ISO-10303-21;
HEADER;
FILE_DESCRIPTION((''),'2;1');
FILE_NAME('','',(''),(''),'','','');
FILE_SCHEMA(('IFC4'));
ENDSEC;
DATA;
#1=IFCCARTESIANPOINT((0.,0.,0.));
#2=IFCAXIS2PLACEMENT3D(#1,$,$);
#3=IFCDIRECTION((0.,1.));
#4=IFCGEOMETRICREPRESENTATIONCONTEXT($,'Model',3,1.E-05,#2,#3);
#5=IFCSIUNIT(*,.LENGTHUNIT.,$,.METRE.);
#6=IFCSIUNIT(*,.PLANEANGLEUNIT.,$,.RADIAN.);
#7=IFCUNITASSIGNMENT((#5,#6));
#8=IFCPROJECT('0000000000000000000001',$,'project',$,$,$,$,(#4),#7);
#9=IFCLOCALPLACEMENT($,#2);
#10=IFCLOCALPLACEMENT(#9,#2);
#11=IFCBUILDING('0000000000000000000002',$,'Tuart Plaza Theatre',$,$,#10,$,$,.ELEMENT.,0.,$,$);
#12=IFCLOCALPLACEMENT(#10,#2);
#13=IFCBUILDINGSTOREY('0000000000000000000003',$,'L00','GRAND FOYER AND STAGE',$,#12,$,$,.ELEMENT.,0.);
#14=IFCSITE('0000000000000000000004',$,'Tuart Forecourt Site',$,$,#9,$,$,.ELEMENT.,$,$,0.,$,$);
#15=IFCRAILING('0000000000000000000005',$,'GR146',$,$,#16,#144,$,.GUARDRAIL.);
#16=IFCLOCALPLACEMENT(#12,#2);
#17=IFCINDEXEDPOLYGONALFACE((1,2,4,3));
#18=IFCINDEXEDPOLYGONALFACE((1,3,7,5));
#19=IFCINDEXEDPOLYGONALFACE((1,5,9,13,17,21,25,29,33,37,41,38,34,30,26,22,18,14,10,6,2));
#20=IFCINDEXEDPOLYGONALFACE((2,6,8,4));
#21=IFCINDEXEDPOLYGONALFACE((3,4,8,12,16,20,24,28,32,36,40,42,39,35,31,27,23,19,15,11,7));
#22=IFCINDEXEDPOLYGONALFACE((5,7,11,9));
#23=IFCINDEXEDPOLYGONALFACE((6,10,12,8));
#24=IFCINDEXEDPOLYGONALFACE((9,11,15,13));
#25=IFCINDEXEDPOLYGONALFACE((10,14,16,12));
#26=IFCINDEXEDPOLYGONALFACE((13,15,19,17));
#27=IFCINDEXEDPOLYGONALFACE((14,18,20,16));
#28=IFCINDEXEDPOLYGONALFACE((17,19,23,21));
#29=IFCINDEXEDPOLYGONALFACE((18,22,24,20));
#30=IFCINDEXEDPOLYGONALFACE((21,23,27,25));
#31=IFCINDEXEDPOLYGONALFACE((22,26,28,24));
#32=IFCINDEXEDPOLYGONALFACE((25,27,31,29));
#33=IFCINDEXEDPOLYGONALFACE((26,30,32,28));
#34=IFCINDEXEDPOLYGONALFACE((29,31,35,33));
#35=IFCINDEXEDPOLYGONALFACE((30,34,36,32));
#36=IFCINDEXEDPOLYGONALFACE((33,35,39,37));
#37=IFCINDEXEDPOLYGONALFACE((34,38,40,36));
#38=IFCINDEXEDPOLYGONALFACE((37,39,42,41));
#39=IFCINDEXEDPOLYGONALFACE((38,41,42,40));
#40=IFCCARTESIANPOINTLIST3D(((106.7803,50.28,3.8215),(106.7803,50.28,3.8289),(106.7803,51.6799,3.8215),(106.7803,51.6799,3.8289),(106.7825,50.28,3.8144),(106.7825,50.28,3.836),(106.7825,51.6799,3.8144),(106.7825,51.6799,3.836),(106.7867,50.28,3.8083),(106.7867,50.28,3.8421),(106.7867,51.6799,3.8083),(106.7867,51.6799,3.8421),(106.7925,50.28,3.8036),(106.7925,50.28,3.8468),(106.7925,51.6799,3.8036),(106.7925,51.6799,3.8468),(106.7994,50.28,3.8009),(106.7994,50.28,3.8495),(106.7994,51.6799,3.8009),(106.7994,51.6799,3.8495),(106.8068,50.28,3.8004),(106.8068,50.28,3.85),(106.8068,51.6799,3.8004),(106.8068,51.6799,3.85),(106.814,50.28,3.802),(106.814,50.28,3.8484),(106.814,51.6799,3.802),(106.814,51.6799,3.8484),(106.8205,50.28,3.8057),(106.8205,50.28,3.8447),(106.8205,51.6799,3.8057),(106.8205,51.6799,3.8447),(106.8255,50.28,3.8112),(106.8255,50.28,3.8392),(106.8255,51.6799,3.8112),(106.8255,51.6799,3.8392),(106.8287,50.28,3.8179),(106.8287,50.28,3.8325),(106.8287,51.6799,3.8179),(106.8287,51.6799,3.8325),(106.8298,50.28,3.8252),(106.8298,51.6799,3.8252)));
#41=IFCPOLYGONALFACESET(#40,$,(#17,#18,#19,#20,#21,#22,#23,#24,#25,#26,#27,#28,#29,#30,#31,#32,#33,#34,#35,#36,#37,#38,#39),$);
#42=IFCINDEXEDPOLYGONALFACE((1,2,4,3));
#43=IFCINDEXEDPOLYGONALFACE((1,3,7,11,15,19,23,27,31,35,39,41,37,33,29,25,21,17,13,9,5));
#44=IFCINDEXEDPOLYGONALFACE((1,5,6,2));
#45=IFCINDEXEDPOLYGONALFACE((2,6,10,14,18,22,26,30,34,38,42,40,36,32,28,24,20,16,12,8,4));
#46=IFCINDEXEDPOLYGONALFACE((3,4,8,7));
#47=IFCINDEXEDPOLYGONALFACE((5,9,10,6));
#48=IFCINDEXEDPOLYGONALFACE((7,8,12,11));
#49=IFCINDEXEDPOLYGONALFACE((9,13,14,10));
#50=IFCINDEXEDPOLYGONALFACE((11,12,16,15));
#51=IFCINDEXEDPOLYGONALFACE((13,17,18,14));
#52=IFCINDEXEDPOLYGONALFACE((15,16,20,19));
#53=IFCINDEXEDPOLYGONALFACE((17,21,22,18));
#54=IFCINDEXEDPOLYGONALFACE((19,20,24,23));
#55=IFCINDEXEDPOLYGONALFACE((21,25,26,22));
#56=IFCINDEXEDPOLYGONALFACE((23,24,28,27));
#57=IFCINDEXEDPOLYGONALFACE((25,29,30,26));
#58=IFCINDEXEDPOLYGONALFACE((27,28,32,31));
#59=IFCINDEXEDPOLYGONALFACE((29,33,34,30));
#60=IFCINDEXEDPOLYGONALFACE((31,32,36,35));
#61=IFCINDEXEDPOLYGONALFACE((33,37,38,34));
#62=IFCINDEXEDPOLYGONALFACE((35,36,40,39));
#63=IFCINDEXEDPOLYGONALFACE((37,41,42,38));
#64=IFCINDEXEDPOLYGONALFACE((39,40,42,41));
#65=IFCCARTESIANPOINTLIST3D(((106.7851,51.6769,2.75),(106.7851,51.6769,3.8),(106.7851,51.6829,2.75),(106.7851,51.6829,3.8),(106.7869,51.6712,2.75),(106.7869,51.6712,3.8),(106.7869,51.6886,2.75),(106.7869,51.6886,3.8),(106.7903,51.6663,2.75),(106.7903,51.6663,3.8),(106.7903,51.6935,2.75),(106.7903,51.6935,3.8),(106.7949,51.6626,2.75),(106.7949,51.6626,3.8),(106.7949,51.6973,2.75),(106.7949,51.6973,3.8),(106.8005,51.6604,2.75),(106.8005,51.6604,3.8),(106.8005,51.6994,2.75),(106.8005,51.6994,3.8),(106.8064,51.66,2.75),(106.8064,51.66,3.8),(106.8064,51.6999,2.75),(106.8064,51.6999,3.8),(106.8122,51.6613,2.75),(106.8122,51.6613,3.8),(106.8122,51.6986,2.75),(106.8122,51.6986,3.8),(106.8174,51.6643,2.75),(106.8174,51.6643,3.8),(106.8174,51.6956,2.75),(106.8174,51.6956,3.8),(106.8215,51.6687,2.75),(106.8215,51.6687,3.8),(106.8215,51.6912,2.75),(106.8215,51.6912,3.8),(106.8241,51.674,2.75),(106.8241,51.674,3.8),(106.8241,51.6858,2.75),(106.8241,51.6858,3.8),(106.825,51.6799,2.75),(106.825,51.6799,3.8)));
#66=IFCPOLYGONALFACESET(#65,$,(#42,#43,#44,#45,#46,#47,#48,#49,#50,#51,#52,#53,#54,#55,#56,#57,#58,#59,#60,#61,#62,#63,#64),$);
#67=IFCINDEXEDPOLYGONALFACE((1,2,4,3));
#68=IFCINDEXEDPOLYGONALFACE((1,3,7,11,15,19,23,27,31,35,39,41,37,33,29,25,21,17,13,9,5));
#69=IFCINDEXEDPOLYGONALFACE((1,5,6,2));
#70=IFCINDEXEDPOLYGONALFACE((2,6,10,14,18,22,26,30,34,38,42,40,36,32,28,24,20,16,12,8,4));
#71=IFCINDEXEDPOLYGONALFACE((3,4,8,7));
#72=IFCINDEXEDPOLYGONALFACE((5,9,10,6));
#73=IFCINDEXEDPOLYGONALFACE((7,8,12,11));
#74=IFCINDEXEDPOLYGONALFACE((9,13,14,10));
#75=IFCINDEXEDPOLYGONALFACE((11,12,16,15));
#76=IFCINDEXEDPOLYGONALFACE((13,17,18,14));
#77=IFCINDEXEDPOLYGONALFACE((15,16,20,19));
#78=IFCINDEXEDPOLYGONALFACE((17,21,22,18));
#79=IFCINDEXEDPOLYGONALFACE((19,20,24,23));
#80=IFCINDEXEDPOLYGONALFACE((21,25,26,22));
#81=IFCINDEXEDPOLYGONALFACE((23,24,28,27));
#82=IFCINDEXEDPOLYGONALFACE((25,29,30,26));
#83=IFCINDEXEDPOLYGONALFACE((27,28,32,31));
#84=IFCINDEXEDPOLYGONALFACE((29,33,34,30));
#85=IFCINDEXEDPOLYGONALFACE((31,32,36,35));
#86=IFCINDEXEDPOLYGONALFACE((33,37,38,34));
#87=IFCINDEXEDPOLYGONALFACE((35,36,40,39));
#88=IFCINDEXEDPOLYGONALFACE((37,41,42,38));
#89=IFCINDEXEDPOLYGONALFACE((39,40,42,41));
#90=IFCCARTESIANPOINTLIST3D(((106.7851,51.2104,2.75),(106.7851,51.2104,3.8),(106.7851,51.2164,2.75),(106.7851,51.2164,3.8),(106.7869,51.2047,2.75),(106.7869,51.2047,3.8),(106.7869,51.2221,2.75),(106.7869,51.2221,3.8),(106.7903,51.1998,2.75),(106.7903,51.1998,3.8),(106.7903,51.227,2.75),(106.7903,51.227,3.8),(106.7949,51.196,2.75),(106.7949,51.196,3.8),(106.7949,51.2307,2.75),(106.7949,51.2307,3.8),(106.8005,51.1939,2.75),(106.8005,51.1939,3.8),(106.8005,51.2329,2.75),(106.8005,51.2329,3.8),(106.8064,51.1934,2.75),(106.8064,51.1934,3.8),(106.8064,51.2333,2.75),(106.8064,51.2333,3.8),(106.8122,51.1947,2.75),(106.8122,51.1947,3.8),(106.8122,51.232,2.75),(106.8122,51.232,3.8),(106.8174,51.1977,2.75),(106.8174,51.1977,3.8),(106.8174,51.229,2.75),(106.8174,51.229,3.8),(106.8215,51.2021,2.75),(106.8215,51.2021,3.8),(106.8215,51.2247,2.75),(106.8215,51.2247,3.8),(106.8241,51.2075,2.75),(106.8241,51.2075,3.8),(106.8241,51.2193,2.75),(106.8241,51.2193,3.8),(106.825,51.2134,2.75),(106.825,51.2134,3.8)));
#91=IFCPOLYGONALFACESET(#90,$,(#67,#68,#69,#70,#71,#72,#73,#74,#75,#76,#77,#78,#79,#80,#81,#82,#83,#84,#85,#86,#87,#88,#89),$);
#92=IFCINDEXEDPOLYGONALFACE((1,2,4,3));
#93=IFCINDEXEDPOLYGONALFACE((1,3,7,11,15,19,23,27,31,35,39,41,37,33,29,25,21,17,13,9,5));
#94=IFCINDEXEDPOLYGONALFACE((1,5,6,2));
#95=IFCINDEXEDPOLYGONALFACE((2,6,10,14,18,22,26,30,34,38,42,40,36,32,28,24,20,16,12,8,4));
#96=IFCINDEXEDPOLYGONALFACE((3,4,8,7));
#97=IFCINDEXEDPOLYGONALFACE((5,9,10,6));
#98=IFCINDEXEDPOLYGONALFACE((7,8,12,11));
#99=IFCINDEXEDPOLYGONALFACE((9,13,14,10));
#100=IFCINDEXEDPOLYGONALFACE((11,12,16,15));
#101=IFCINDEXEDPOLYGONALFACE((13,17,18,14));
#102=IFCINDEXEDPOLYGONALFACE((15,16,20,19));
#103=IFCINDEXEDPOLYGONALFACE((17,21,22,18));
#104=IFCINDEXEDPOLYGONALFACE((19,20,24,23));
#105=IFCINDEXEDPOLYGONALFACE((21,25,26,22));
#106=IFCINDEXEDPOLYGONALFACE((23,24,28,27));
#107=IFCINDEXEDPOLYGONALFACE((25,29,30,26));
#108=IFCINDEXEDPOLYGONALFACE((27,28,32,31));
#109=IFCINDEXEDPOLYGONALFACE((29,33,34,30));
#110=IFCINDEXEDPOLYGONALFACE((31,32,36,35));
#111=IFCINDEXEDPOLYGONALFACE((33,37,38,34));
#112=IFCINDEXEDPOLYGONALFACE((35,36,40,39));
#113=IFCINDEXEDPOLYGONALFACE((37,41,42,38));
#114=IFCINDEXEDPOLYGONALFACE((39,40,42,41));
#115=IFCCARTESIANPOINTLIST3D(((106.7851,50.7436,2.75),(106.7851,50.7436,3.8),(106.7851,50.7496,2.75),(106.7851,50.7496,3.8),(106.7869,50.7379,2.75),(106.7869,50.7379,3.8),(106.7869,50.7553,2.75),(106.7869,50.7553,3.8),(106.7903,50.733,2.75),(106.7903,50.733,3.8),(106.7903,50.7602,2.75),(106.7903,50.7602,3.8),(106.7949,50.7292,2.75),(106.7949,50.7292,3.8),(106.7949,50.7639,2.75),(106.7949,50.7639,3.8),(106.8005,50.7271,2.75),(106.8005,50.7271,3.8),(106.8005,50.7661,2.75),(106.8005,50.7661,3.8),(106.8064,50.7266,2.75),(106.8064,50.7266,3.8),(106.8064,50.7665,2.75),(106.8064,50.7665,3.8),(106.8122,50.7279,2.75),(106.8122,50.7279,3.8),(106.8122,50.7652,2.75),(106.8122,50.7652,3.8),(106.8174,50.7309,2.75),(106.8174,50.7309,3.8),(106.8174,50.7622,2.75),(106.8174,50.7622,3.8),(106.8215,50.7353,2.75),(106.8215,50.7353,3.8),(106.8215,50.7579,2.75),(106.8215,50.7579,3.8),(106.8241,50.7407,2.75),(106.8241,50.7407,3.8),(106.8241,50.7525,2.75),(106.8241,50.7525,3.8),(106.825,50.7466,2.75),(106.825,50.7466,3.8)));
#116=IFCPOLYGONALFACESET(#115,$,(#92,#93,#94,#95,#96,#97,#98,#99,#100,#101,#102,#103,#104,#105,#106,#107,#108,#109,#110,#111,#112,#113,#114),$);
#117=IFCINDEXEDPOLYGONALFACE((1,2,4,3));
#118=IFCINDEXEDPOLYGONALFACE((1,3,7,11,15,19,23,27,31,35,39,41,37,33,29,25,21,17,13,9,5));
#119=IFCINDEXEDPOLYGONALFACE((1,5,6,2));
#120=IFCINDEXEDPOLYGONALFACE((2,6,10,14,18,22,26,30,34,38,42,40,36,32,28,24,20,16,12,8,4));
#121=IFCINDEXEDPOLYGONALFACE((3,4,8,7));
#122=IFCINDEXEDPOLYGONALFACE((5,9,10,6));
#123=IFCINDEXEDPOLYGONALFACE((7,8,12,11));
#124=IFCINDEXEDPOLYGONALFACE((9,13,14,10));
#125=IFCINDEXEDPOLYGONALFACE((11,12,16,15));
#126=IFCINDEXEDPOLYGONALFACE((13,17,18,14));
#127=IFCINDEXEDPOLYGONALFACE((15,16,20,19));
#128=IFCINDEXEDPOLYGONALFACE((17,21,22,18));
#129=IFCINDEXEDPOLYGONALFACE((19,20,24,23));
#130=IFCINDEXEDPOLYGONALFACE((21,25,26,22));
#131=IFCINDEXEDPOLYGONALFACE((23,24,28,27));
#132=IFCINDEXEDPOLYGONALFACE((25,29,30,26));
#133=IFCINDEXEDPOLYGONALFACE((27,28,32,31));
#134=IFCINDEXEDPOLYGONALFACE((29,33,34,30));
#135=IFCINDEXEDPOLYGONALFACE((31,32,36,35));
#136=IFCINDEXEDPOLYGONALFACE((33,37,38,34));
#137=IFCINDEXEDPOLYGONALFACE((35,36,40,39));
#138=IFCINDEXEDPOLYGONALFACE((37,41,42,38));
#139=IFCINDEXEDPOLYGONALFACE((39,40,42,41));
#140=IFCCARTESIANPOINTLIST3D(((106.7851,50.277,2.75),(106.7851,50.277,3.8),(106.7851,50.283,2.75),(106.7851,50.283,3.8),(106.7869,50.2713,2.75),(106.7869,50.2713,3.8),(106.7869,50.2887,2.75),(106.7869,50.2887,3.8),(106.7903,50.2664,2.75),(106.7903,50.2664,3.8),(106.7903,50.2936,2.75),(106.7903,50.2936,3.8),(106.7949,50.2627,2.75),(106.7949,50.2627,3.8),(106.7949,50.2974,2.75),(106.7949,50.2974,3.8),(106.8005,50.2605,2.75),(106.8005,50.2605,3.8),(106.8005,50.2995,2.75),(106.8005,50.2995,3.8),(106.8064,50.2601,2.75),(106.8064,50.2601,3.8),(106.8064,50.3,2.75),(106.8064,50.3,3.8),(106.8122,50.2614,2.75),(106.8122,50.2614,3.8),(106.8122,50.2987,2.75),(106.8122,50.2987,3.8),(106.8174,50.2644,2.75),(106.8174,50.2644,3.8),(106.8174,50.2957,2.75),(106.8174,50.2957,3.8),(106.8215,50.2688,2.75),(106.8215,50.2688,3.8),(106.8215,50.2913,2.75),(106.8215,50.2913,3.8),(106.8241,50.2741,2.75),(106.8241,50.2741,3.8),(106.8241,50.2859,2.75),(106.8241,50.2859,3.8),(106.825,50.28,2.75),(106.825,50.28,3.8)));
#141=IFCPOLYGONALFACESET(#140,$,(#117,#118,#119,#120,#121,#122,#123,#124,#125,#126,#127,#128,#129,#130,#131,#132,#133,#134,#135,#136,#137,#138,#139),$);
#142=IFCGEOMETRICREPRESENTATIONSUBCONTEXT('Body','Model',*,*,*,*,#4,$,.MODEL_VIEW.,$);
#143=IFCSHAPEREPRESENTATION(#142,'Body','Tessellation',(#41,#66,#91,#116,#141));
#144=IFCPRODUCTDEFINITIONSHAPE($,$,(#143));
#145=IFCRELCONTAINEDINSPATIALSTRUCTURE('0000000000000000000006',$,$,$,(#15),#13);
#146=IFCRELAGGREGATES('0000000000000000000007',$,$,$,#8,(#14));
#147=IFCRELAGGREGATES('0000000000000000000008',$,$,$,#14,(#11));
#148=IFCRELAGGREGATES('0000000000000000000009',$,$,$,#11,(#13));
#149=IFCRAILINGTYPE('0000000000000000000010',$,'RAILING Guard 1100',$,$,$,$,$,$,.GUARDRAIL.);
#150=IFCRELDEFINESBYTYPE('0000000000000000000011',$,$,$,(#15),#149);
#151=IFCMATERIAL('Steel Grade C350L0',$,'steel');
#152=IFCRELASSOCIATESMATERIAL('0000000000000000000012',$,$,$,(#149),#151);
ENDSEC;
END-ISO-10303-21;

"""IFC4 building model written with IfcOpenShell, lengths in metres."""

from ifc_helpers import new_model, si_unit, direction, frame, origin, origin_2d, place, context, subcontext, project, spatial, circle, extrude, material, type_object, element, save


model = new_model("IFC4")

# Units and contexts
model_context = context("Model", 3, precision=1e-05, world=origin(), true_north=direction((0.0, 1.0)))
body_context = subcontext(model_context, "Body", "Model", "MODEL_VIEW")
ifc_project = project(units=[si_unit("LENGTHUNIT", "METRE"), si_unit("PLANEANGLEUNIT", "RADIAN")], contexts=[model_context])

# Site, building, storey
site_placement = place(None, origin())
site = spatial("IfcSite", under=ifc_project, at=site_placement, Name="Tuart Forecourt Site", CompositionType="ELEMENT", RefElevation=0.0)
building_placement = place(site_placement, origin())
building = spatial("IfcBuilding", under=site, at=building_placement, Name="Tuart Plaza Theatre", CompositionType="ELEMENT", ElevationOfRefHeight=0.0)
storey_placement = place(building_placement, origin())
storey = spatial("IfcBuildingStorey", under=building, at=storey_placement, Name="L00", Description="GRAND FOYER AND STAGE", CompositionType="ELEMENT", Elevation=0.0)

# Railing
ifc_material_1 = material(Name="Steel Grade C350L0", Category="steel")
railing_type_1 = type_object("IfcRailingType", Name="RAILING Guard 1100", PredefinedType="GUARDRAIL", material=ifc_material_1)
railing_1_placement = place(storey_placement, frame((106.8049, 51.6799, 2.75)))
element("IfcRailing", 1, at=railing_1_placement, inside=storey, type_object=railing_type_1, Name="GR146", PredefinedType="GUARDRAIL", context=body_context, shape_type="SweptSolid", body=[
    extrude(circle(Radius=0.0249, at=origin_2d()), frame((0.0, 0.0, 1.0752), z_axis=(0.0, -1.0, 0.0), x_axis=(1.0, 0.0, 0.0)), (0.0, 0.0, 1.0), 1.3999),
    extrude(circle(Radius=0.02, at=origin_2d()), origin(), (0.0, 0.0, 1.0), 1.05),
    extrude(circle(Radius=0.02, at=origin_2d()), frame((0.0, -0.4666, 0.0)), (0.0, 0.0, 1.0), 1.05),
    extrude(circle(Radius=0.02, at=origin_2d()), frame((0.0, -0.9333, 0.0)), (0.0, 0.0, 1.0), 1.05),
    extrude(circle(Radius=0.02, at=origin_2d()), frame((0.0, -1.3999, 0.0)), (0.0, 0.0, 1.0), 1.05),
])

save(model, "model.ifc")
